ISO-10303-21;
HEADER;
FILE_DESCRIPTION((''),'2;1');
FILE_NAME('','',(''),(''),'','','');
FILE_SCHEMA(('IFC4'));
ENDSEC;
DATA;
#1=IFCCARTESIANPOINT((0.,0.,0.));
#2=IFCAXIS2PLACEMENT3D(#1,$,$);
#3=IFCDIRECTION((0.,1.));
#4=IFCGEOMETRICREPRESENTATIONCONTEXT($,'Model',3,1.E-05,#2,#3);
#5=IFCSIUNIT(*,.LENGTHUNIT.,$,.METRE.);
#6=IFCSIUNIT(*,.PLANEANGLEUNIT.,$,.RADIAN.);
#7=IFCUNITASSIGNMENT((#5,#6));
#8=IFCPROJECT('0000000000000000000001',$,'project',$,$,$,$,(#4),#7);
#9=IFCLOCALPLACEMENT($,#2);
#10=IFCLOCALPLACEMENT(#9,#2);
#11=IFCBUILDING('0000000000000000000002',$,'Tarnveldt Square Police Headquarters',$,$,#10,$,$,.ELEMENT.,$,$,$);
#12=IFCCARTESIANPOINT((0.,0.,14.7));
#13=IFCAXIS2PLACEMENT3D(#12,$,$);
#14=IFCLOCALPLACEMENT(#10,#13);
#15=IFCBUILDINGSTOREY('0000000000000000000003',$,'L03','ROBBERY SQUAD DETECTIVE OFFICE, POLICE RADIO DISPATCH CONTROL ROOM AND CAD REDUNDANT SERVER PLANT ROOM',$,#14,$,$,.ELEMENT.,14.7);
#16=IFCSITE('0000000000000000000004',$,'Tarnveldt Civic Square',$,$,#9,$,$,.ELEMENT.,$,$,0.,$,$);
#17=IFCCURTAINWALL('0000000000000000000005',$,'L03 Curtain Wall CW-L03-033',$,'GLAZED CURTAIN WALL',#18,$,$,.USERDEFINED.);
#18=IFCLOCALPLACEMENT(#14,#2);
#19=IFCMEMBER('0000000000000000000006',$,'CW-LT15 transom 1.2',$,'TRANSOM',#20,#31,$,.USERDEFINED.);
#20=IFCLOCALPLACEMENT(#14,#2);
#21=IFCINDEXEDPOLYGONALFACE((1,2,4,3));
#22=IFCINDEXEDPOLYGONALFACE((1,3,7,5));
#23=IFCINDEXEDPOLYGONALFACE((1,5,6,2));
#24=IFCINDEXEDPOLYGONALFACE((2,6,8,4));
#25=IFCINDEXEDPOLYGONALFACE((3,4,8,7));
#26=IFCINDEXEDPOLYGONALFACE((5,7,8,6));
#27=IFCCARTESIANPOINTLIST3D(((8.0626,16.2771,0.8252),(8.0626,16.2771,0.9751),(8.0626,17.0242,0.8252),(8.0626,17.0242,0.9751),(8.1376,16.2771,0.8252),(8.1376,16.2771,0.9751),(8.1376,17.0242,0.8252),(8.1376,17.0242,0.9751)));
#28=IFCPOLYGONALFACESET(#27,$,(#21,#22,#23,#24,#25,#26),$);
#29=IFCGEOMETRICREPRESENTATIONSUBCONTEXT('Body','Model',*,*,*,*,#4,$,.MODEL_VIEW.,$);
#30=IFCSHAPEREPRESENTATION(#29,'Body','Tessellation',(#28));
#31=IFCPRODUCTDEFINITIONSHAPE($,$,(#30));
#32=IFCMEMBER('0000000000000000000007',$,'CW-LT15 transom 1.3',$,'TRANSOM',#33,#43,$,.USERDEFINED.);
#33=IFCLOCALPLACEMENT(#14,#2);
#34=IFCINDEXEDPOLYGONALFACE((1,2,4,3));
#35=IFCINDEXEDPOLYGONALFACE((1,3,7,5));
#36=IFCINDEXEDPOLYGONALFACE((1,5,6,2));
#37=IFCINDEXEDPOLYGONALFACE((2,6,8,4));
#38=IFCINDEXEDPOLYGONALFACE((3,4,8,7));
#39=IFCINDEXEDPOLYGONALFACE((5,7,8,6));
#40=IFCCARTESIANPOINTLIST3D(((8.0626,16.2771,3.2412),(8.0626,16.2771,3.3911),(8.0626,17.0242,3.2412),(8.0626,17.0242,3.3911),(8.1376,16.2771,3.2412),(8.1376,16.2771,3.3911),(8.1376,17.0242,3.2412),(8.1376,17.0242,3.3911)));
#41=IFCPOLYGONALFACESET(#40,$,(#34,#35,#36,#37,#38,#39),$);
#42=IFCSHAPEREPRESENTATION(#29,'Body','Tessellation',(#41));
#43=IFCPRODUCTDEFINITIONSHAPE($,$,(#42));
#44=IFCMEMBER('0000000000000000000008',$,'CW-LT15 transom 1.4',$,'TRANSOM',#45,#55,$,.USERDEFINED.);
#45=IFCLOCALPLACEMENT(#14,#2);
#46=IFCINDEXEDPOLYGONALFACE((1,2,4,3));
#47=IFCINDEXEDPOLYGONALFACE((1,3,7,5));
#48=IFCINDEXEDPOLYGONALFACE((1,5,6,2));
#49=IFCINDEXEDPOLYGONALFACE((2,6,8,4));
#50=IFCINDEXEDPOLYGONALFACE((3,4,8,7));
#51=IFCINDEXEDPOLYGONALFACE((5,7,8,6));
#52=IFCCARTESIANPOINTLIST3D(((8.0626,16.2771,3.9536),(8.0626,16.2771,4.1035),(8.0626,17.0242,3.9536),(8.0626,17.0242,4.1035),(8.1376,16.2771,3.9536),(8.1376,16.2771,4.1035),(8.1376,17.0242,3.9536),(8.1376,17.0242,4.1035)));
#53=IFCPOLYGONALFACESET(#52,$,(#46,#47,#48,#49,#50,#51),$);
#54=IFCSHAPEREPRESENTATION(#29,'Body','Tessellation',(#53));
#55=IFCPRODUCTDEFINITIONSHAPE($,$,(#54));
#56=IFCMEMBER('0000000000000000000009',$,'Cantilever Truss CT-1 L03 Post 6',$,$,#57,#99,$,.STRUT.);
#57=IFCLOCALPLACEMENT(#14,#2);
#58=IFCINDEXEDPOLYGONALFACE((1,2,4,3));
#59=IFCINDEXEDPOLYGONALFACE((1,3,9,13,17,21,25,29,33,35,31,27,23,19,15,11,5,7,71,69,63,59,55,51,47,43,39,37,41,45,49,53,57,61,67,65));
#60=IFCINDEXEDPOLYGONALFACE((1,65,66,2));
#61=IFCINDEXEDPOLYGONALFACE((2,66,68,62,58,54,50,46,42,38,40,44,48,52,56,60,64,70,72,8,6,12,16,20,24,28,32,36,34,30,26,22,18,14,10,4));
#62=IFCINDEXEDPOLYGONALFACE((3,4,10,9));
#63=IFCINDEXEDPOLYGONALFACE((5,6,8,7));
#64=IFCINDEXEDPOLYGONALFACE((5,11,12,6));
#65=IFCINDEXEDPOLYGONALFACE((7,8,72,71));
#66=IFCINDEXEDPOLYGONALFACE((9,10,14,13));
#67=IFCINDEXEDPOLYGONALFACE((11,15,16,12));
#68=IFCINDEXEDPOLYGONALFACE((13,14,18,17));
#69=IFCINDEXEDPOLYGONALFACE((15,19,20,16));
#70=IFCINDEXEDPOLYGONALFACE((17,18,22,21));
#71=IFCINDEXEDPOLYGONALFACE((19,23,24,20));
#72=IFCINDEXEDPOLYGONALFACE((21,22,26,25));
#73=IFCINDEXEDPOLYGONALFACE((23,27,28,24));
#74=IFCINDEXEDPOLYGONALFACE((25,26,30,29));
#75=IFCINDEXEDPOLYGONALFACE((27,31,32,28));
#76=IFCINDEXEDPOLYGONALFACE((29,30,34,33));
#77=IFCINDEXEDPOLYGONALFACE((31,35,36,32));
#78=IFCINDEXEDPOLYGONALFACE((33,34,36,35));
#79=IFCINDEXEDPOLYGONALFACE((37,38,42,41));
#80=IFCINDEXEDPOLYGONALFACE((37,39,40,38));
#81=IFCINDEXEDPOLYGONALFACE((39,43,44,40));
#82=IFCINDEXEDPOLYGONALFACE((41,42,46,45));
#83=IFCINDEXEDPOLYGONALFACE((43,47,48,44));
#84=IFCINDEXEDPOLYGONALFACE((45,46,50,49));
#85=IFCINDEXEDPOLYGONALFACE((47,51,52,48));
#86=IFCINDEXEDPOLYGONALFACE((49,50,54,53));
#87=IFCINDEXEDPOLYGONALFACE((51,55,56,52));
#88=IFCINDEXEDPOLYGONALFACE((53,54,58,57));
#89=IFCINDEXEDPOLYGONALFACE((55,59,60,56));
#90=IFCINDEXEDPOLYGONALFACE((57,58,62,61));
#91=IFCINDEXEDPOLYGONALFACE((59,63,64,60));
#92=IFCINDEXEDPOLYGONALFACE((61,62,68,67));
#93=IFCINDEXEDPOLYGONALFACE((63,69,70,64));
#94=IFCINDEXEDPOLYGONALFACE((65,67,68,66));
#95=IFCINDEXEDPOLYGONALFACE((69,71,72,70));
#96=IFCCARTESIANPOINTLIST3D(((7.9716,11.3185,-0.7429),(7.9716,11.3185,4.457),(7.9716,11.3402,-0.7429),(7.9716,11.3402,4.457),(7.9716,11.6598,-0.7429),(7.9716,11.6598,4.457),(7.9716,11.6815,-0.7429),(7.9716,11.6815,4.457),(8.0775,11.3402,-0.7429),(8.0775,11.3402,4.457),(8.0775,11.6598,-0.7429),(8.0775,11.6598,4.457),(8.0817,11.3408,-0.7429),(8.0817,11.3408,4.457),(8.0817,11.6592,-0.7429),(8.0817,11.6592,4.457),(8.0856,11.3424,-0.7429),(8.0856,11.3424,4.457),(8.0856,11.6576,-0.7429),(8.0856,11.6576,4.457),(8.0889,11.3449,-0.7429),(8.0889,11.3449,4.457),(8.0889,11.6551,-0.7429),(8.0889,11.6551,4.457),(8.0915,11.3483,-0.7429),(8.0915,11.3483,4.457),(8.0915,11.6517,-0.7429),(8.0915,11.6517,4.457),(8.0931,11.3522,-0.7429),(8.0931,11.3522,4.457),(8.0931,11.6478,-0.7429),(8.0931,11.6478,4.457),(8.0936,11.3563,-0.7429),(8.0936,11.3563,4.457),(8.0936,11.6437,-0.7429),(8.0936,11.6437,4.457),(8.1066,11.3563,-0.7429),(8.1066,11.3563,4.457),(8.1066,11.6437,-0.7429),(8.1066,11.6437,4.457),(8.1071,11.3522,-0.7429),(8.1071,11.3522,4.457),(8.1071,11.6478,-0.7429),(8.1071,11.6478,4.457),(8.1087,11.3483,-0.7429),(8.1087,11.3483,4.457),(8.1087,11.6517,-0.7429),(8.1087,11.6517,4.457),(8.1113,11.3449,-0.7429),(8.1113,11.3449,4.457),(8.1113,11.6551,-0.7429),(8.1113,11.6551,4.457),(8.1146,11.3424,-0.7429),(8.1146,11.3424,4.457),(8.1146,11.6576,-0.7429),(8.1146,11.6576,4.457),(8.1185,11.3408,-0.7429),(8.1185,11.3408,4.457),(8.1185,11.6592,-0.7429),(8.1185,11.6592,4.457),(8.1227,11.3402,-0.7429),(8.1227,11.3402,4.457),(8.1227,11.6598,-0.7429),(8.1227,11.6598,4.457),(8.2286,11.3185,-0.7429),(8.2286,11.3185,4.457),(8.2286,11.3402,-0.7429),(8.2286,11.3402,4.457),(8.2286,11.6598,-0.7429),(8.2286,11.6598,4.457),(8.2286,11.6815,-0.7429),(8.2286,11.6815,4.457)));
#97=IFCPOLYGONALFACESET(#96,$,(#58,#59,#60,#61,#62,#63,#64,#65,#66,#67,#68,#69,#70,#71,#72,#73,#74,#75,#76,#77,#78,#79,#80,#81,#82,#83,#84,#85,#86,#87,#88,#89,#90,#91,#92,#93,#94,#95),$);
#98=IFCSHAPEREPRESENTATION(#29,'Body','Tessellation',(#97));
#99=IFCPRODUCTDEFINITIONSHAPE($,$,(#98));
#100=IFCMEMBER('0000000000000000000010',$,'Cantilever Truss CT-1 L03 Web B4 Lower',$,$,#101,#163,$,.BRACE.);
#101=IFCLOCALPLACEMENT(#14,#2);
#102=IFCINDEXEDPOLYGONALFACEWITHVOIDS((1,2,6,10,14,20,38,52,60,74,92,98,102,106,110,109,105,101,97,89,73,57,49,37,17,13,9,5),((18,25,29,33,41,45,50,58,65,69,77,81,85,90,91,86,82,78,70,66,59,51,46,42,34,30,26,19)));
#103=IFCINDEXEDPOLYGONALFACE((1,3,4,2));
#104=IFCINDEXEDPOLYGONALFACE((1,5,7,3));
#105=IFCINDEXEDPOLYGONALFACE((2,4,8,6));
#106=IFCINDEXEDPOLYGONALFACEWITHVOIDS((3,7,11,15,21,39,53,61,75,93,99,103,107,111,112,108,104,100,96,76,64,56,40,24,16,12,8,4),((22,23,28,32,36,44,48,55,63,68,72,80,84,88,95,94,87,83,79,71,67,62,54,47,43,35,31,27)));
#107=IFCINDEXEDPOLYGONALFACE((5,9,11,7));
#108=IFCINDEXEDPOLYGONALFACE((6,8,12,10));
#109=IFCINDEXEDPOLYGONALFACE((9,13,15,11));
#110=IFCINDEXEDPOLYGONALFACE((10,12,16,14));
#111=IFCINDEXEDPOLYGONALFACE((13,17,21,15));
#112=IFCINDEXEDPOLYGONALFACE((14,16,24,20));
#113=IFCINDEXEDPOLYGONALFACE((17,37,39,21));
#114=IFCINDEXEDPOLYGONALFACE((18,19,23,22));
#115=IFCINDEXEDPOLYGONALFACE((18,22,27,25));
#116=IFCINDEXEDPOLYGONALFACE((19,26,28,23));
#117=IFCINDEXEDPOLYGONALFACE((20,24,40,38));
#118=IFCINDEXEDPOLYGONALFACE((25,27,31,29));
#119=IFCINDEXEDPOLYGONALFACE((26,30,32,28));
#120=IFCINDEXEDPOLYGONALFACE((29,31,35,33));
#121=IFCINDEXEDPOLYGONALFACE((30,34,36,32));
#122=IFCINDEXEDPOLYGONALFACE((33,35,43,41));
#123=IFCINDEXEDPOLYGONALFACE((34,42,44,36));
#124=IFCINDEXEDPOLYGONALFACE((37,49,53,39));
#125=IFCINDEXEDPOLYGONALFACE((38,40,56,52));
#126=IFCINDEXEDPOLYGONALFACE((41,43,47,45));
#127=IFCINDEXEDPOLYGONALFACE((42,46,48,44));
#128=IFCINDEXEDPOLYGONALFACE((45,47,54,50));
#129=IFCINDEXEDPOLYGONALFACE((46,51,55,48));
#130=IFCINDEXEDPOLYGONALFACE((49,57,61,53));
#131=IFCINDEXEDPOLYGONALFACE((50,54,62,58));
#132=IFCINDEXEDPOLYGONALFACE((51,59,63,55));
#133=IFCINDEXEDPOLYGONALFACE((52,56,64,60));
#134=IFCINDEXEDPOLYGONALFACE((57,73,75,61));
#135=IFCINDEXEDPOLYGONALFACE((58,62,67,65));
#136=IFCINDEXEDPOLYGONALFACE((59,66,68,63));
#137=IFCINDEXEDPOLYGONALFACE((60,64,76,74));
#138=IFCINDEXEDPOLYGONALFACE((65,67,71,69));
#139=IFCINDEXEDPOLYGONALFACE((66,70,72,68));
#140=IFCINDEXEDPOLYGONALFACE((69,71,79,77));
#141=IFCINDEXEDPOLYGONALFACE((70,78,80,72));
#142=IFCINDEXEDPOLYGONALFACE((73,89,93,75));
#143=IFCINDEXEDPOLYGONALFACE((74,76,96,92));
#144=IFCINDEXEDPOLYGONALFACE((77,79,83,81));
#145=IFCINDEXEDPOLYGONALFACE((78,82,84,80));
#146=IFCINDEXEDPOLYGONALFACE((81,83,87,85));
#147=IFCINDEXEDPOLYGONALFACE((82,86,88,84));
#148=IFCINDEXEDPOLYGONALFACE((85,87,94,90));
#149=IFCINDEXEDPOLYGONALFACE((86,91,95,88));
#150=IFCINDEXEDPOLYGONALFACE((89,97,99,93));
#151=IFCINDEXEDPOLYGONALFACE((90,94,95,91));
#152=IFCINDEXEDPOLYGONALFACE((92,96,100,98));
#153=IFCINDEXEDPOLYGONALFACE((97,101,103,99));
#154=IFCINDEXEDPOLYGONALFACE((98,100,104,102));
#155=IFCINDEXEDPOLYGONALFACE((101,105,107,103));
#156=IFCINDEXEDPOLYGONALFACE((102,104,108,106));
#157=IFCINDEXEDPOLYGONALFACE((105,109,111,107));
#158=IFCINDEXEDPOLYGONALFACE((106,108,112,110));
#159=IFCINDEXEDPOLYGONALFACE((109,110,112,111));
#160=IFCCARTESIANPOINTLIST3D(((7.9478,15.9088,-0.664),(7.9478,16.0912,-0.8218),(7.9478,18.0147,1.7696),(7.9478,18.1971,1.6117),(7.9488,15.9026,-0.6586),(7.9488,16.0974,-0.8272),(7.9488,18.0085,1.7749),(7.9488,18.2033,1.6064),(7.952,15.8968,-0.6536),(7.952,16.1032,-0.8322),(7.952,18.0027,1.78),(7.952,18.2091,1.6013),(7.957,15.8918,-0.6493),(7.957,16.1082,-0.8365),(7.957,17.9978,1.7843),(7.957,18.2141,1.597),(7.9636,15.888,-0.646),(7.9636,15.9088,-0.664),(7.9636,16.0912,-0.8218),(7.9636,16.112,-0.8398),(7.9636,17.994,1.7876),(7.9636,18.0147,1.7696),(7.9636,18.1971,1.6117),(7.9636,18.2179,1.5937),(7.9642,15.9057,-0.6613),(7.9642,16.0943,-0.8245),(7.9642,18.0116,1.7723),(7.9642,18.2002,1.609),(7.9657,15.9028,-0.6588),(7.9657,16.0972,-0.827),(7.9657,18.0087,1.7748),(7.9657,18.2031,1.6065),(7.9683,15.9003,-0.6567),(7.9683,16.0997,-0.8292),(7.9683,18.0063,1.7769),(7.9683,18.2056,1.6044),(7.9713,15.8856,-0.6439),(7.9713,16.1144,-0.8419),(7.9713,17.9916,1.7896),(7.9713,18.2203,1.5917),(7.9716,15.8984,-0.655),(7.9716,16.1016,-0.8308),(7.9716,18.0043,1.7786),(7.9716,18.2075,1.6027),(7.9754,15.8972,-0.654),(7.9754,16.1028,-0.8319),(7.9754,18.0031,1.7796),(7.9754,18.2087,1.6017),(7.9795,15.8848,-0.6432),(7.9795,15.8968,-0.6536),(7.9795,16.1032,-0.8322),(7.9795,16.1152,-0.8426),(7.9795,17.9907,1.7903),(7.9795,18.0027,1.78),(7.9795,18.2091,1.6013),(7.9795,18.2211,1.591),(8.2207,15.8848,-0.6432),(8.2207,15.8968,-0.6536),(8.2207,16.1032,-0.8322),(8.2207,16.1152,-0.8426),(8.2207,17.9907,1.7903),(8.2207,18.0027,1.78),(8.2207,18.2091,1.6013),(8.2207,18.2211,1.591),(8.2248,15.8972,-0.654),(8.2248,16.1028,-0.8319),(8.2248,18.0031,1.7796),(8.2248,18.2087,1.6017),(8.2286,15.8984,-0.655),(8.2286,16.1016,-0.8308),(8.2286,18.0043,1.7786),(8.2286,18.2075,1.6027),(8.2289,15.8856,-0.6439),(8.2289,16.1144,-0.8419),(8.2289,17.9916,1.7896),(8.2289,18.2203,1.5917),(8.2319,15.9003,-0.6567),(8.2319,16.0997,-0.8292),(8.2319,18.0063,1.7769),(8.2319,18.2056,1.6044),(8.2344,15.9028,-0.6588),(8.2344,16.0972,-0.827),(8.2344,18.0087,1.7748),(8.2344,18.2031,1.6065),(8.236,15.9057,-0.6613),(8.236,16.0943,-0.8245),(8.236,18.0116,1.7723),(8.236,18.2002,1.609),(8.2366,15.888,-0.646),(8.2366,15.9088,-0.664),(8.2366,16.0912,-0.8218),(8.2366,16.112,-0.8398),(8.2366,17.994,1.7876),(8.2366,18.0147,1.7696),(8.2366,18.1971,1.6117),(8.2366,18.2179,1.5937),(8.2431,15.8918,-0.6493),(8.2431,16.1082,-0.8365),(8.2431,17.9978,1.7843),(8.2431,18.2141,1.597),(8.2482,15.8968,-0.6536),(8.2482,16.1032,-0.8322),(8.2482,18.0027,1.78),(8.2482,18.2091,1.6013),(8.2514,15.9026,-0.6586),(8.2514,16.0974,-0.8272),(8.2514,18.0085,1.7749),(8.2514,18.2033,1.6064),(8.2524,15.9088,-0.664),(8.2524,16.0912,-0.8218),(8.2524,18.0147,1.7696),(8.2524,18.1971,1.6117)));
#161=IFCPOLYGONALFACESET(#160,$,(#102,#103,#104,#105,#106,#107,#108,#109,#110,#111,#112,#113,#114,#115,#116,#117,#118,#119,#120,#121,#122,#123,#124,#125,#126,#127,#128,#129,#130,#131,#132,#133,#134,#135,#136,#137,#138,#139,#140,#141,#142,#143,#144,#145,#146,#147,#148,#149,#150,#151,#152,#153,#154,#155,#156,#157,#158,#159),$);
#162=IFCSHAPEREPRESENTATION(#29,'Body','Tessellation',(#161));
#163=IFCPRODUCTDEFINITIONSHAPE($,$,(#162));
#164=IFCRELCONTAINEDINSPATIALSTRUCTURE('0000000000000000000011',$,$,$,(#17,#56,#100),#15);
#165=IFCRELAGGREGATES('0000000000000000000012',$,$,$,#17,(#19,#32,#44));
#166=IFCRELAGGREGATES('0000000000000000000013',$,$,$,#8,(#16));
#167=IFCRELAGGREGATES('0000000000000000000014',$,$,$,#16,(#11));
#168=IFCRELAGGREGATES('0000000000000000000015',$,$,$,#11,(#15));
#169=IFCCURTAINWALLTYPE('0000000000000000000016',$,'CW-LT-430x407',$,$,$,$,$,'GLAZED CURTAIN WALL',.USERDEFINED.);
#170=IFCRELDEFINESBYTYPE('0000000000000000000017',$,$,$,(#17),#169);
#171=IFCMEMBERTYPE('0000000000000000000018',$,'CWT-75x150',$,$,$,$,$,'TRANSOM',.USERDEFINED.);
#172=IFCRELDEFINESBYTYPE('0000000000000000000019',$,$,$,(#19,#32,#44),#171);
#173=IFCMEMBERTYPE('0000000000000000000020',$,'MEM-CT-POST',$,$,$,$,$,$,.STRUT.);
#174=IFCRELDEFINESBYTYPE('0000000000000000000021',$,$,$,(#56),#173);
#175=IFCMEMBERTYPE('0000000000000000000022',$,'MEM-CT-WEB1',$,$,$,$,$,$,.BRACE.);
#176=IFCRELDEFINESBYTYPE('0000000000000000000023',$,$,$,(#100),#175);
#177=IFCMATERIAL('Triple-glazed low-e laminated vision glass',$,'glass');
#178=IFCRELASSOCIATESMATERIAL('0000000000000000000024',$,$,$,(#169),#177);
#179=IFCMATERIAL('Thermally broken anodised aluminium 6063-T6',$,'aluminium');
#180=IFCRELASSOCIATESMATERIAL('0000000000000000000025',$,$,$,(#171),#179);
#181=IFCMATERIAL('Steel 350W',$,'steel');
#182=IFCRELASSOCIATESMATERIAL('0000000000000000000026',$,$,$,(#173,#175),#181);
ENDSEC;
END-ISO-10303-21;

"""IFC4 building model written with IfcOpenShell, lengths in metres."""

from ifc_helpers import new_model, si_unit, direction, frame, origin, origin_2d, place, context, subcontext, project, spatial, rectangle, hollow_rectangle, i_section, extrude, material, material_profile, profile_set, type_object, element, aggregate, save


model = new_model("IFC4")

# Units and contexts
model_context = context("Model", 3, precision=1e-05, world=origin(), true_north=direction((0.0, 1.0)))
body_context = subcontext(model_context, "Body", "Model", "MODEL_VIEW")
ifc_project = project(units=[si_unit("LENGTHUNIT", "METRE"), si_unit("PLANEANGLEUNIT", "RADIAN")], contexts=[model_context])

# Site, building, storey
site_placement = place(None, origin())
site = spatial("IfcSite", under=ifc_project, at=site_placement, Name="Tarnveldt Civic Square", CompositionType="ELEMENT", RefElevation=0.0)
building_placement = place(site_placement, origin())
building = spatial("IfcBuilding", under=site, at=building_placement, Name="Tarnveldt Square Police Headquarters", CompositionType="ELEMENT")
storey_placement = place(building_placement, frame((0.0, 0.0, 14.7)))
storey = spatial("IfcBuildingStorey", under=building, at=storey_placement, Name="L03", Description="ROBBERY SQUAD DETECTIVE OFFICE, POLICE RADIO DISPATCH CONTROL ROOM AND CAD REDUNDANT SERVER PLANT ROOM", CompositionType="ELEMENT", Elevation=14.7)

# Shared definitions
ifc_material_1 = material(Name="Steel 350W", Category="steel")

# Curtain wall, members
ifc_material_2 = material(Name="Triple-glazed low-e laminated vision glass", Category="glass")
curtain_wall_type = type_object("IfcCurtainWallType", Name="CW-LT-430x407", ElementType="GLAZED CURTAIN WALL", PredefinedType="USERDEFINED", material=ifc_material_2)
curtain_wall_placement = place(storey_placement, origin())
curtain_wall = element("IfcCurtainWall", 1, at=curtain_wall_placement, inside=storey, type_object=curtain_wall_type, Name="L03 Curtain Wall CW-L03-033", ObjectType="GLAZED CURTAIN WALL", PredefinedType="USERDEFINED")
ifc_material_3 = material(Name="Thermally broken anodised aluminium 6063-T6", Category="aluminium")
ifc_material_profile_1 = material_profile(ifc_material_3, rectangle(XDim=0.075, YDim=0.1499, at=origin_2d()), Name="CW-T75x150")
ifc_profile_set_1 = profile_set([ifc_material_profile_1], Name="Thermally broken anodised aluminium 6063-T6")
member_type_1 = type_object("IfcMemberType", Name="CWT-75x150", ElementType="TRANSOM", PredefinedType="USERDEFINED", material=ifc_profile_set_1)
member_1_placement = place(storey_placement, frame((8.1001, 16.2771, 0.9001), z_axis=(0.0, 1.0, 0.0), x_axis=(-1.0, 0.0, 0.0)))
member_1 = element("IfcMember", 2, at=member_1_placement, type_object=member_type_1, Name="CW-LT15 transom 1.2", ObjectType="TRANSOM", PredefinedType="USERDEFINED", context=body_context, shape_type="SweptSolid", body=[
    extrude(rectangle(XDim=0.075, YDim=0.1499, at=origin_2d()), origin(), (0.0, 0.0, 1.0), 0.7471),
])
member_2_placement = place(storey_placement, frame((8.1001, 16.2771, 3.3162), z_axis=(0.0, 1.0, 0.0), x_axis=(-1.0, 0.0, 0.0)))
member_2 = element("IfcMember", 3, at=member_2_placement, type_object=member_type_1, Name="CW-LT15 transom 1.3", ObjectType="TRANSOM", PredefinedType="USERDEFINED", context=body_context, shape_type="SweptSolid", body=[
    extrude(rectangle(XDim=0.075, YDim=0.1499, at=origin_2d()), origin(), (0.0, 0.0, 1.0), 0.7471),
])
member_3_placement = place(storey_placement, frame((8.1001, 16.2771, 4.0286), z_axis=(0.0, 1.0, 0.0), x_axis=(-1.0, 0.0, 0.0)))
member_3 = element("IfcMember", 4, at=member_3_placement, type_object=member_type_1, Name="CW-LT15 transom 1.4", ObjectType="TRANSOM", PredefinedType="USERDEFINED", context=body_context, shape_type="SweptSolid", body=[
    extrude(rectangle(XDim=0.075, YDim=0.1499, at=origin_2d()), origin(), (0.0, 0.0, 1.0), 0.7471),
])

# Members
ifc_material_profile_2 = material_profile(ifc_material_1, i_section(OverallWidth=0.2571, OverallDepth=0.363, WebThickness=0.0129, FlangeThickness=0.0217, FilletRadius=0.0161, at=origin_2d()), Name="W360x122")
ifc_profile_set_2 = profile_set([ifc_material_profile_2], Name="Steel 350W")
member_type_2 = type_object("IfcMemberType", Name="MEM-CT-POST", PredefinedType="STRUT", material=ifc_profile_set_2)
member_4_placement = place(storey_placement, frame((8.1001, 11.5, -0.7429), z_axis=(0.0, 0.0, 1.0), x_axis=(1.0, 0.0, 0.0)))
element("IfcMember", 5, at=member_4_placement, inside=storey, type_object=member_type_2, Name="Cantilever Truss CT-1 L03 Post 6", PredefinedType="STRUT", context=body_context, shape_type="SweptSolid", body=[
    extrude(i_section(OverallWidth=0.2571, OverallDepth=0.363, WebThickness=0.0129, FlangeThickness=0.0217, FilletRadius=0.0161, at=origin_2d()), origin(), (0.0, 0.0, 1.0), 5.2),
])
ifc_material_profile_3 = material_profile(ifc_material_1, hollow_rectangle(XDim=0.3047, YDim=0.3047, WallThickness=0.0159, InnerFilletRadius=0.0159, OuterFilletRadius=0.0317, at=origin_2d()), Name="HSS305x305x16")
ifc_profile_set_3 = profile_set([ifc_material_profile_3], Name="Steel 350W")
member_type_3 = type_object("IfcMemberType", Name="MEM-CT-WEB1", PredefinedType="BRACE", material=ifc_profile_set_3)
member_5_placement = place(storey_placement, frame((8.1001, 16.0, -0.7429), z_axis=(0.0, 0.65437, 0.756174), x_axis=(-1.0, 0.0, 0.0)))
element("IfcMember", 6, at=member_5_placement, inside=storey, type_object=member_type_3, Name="Cantilever Truss CT-1 L03 Web B4 Lower", PredefinedType="BRACE", context=body_context, shape_type="SweptSolid", body=[
    extrude(hollow_rectangle(XDim=0.3047, YDim=0.3047, WallThickness=0.0159, InnerFilletRadius=0.0159, OuterFilletRadius=0.0317, at=origin_2d()), origin(), (0.0, 0.0, 1.0), 3.2183),
])

aggregate(curtain_wall, [member_1, member_2, member_3])

save(model, "model.ifc")
